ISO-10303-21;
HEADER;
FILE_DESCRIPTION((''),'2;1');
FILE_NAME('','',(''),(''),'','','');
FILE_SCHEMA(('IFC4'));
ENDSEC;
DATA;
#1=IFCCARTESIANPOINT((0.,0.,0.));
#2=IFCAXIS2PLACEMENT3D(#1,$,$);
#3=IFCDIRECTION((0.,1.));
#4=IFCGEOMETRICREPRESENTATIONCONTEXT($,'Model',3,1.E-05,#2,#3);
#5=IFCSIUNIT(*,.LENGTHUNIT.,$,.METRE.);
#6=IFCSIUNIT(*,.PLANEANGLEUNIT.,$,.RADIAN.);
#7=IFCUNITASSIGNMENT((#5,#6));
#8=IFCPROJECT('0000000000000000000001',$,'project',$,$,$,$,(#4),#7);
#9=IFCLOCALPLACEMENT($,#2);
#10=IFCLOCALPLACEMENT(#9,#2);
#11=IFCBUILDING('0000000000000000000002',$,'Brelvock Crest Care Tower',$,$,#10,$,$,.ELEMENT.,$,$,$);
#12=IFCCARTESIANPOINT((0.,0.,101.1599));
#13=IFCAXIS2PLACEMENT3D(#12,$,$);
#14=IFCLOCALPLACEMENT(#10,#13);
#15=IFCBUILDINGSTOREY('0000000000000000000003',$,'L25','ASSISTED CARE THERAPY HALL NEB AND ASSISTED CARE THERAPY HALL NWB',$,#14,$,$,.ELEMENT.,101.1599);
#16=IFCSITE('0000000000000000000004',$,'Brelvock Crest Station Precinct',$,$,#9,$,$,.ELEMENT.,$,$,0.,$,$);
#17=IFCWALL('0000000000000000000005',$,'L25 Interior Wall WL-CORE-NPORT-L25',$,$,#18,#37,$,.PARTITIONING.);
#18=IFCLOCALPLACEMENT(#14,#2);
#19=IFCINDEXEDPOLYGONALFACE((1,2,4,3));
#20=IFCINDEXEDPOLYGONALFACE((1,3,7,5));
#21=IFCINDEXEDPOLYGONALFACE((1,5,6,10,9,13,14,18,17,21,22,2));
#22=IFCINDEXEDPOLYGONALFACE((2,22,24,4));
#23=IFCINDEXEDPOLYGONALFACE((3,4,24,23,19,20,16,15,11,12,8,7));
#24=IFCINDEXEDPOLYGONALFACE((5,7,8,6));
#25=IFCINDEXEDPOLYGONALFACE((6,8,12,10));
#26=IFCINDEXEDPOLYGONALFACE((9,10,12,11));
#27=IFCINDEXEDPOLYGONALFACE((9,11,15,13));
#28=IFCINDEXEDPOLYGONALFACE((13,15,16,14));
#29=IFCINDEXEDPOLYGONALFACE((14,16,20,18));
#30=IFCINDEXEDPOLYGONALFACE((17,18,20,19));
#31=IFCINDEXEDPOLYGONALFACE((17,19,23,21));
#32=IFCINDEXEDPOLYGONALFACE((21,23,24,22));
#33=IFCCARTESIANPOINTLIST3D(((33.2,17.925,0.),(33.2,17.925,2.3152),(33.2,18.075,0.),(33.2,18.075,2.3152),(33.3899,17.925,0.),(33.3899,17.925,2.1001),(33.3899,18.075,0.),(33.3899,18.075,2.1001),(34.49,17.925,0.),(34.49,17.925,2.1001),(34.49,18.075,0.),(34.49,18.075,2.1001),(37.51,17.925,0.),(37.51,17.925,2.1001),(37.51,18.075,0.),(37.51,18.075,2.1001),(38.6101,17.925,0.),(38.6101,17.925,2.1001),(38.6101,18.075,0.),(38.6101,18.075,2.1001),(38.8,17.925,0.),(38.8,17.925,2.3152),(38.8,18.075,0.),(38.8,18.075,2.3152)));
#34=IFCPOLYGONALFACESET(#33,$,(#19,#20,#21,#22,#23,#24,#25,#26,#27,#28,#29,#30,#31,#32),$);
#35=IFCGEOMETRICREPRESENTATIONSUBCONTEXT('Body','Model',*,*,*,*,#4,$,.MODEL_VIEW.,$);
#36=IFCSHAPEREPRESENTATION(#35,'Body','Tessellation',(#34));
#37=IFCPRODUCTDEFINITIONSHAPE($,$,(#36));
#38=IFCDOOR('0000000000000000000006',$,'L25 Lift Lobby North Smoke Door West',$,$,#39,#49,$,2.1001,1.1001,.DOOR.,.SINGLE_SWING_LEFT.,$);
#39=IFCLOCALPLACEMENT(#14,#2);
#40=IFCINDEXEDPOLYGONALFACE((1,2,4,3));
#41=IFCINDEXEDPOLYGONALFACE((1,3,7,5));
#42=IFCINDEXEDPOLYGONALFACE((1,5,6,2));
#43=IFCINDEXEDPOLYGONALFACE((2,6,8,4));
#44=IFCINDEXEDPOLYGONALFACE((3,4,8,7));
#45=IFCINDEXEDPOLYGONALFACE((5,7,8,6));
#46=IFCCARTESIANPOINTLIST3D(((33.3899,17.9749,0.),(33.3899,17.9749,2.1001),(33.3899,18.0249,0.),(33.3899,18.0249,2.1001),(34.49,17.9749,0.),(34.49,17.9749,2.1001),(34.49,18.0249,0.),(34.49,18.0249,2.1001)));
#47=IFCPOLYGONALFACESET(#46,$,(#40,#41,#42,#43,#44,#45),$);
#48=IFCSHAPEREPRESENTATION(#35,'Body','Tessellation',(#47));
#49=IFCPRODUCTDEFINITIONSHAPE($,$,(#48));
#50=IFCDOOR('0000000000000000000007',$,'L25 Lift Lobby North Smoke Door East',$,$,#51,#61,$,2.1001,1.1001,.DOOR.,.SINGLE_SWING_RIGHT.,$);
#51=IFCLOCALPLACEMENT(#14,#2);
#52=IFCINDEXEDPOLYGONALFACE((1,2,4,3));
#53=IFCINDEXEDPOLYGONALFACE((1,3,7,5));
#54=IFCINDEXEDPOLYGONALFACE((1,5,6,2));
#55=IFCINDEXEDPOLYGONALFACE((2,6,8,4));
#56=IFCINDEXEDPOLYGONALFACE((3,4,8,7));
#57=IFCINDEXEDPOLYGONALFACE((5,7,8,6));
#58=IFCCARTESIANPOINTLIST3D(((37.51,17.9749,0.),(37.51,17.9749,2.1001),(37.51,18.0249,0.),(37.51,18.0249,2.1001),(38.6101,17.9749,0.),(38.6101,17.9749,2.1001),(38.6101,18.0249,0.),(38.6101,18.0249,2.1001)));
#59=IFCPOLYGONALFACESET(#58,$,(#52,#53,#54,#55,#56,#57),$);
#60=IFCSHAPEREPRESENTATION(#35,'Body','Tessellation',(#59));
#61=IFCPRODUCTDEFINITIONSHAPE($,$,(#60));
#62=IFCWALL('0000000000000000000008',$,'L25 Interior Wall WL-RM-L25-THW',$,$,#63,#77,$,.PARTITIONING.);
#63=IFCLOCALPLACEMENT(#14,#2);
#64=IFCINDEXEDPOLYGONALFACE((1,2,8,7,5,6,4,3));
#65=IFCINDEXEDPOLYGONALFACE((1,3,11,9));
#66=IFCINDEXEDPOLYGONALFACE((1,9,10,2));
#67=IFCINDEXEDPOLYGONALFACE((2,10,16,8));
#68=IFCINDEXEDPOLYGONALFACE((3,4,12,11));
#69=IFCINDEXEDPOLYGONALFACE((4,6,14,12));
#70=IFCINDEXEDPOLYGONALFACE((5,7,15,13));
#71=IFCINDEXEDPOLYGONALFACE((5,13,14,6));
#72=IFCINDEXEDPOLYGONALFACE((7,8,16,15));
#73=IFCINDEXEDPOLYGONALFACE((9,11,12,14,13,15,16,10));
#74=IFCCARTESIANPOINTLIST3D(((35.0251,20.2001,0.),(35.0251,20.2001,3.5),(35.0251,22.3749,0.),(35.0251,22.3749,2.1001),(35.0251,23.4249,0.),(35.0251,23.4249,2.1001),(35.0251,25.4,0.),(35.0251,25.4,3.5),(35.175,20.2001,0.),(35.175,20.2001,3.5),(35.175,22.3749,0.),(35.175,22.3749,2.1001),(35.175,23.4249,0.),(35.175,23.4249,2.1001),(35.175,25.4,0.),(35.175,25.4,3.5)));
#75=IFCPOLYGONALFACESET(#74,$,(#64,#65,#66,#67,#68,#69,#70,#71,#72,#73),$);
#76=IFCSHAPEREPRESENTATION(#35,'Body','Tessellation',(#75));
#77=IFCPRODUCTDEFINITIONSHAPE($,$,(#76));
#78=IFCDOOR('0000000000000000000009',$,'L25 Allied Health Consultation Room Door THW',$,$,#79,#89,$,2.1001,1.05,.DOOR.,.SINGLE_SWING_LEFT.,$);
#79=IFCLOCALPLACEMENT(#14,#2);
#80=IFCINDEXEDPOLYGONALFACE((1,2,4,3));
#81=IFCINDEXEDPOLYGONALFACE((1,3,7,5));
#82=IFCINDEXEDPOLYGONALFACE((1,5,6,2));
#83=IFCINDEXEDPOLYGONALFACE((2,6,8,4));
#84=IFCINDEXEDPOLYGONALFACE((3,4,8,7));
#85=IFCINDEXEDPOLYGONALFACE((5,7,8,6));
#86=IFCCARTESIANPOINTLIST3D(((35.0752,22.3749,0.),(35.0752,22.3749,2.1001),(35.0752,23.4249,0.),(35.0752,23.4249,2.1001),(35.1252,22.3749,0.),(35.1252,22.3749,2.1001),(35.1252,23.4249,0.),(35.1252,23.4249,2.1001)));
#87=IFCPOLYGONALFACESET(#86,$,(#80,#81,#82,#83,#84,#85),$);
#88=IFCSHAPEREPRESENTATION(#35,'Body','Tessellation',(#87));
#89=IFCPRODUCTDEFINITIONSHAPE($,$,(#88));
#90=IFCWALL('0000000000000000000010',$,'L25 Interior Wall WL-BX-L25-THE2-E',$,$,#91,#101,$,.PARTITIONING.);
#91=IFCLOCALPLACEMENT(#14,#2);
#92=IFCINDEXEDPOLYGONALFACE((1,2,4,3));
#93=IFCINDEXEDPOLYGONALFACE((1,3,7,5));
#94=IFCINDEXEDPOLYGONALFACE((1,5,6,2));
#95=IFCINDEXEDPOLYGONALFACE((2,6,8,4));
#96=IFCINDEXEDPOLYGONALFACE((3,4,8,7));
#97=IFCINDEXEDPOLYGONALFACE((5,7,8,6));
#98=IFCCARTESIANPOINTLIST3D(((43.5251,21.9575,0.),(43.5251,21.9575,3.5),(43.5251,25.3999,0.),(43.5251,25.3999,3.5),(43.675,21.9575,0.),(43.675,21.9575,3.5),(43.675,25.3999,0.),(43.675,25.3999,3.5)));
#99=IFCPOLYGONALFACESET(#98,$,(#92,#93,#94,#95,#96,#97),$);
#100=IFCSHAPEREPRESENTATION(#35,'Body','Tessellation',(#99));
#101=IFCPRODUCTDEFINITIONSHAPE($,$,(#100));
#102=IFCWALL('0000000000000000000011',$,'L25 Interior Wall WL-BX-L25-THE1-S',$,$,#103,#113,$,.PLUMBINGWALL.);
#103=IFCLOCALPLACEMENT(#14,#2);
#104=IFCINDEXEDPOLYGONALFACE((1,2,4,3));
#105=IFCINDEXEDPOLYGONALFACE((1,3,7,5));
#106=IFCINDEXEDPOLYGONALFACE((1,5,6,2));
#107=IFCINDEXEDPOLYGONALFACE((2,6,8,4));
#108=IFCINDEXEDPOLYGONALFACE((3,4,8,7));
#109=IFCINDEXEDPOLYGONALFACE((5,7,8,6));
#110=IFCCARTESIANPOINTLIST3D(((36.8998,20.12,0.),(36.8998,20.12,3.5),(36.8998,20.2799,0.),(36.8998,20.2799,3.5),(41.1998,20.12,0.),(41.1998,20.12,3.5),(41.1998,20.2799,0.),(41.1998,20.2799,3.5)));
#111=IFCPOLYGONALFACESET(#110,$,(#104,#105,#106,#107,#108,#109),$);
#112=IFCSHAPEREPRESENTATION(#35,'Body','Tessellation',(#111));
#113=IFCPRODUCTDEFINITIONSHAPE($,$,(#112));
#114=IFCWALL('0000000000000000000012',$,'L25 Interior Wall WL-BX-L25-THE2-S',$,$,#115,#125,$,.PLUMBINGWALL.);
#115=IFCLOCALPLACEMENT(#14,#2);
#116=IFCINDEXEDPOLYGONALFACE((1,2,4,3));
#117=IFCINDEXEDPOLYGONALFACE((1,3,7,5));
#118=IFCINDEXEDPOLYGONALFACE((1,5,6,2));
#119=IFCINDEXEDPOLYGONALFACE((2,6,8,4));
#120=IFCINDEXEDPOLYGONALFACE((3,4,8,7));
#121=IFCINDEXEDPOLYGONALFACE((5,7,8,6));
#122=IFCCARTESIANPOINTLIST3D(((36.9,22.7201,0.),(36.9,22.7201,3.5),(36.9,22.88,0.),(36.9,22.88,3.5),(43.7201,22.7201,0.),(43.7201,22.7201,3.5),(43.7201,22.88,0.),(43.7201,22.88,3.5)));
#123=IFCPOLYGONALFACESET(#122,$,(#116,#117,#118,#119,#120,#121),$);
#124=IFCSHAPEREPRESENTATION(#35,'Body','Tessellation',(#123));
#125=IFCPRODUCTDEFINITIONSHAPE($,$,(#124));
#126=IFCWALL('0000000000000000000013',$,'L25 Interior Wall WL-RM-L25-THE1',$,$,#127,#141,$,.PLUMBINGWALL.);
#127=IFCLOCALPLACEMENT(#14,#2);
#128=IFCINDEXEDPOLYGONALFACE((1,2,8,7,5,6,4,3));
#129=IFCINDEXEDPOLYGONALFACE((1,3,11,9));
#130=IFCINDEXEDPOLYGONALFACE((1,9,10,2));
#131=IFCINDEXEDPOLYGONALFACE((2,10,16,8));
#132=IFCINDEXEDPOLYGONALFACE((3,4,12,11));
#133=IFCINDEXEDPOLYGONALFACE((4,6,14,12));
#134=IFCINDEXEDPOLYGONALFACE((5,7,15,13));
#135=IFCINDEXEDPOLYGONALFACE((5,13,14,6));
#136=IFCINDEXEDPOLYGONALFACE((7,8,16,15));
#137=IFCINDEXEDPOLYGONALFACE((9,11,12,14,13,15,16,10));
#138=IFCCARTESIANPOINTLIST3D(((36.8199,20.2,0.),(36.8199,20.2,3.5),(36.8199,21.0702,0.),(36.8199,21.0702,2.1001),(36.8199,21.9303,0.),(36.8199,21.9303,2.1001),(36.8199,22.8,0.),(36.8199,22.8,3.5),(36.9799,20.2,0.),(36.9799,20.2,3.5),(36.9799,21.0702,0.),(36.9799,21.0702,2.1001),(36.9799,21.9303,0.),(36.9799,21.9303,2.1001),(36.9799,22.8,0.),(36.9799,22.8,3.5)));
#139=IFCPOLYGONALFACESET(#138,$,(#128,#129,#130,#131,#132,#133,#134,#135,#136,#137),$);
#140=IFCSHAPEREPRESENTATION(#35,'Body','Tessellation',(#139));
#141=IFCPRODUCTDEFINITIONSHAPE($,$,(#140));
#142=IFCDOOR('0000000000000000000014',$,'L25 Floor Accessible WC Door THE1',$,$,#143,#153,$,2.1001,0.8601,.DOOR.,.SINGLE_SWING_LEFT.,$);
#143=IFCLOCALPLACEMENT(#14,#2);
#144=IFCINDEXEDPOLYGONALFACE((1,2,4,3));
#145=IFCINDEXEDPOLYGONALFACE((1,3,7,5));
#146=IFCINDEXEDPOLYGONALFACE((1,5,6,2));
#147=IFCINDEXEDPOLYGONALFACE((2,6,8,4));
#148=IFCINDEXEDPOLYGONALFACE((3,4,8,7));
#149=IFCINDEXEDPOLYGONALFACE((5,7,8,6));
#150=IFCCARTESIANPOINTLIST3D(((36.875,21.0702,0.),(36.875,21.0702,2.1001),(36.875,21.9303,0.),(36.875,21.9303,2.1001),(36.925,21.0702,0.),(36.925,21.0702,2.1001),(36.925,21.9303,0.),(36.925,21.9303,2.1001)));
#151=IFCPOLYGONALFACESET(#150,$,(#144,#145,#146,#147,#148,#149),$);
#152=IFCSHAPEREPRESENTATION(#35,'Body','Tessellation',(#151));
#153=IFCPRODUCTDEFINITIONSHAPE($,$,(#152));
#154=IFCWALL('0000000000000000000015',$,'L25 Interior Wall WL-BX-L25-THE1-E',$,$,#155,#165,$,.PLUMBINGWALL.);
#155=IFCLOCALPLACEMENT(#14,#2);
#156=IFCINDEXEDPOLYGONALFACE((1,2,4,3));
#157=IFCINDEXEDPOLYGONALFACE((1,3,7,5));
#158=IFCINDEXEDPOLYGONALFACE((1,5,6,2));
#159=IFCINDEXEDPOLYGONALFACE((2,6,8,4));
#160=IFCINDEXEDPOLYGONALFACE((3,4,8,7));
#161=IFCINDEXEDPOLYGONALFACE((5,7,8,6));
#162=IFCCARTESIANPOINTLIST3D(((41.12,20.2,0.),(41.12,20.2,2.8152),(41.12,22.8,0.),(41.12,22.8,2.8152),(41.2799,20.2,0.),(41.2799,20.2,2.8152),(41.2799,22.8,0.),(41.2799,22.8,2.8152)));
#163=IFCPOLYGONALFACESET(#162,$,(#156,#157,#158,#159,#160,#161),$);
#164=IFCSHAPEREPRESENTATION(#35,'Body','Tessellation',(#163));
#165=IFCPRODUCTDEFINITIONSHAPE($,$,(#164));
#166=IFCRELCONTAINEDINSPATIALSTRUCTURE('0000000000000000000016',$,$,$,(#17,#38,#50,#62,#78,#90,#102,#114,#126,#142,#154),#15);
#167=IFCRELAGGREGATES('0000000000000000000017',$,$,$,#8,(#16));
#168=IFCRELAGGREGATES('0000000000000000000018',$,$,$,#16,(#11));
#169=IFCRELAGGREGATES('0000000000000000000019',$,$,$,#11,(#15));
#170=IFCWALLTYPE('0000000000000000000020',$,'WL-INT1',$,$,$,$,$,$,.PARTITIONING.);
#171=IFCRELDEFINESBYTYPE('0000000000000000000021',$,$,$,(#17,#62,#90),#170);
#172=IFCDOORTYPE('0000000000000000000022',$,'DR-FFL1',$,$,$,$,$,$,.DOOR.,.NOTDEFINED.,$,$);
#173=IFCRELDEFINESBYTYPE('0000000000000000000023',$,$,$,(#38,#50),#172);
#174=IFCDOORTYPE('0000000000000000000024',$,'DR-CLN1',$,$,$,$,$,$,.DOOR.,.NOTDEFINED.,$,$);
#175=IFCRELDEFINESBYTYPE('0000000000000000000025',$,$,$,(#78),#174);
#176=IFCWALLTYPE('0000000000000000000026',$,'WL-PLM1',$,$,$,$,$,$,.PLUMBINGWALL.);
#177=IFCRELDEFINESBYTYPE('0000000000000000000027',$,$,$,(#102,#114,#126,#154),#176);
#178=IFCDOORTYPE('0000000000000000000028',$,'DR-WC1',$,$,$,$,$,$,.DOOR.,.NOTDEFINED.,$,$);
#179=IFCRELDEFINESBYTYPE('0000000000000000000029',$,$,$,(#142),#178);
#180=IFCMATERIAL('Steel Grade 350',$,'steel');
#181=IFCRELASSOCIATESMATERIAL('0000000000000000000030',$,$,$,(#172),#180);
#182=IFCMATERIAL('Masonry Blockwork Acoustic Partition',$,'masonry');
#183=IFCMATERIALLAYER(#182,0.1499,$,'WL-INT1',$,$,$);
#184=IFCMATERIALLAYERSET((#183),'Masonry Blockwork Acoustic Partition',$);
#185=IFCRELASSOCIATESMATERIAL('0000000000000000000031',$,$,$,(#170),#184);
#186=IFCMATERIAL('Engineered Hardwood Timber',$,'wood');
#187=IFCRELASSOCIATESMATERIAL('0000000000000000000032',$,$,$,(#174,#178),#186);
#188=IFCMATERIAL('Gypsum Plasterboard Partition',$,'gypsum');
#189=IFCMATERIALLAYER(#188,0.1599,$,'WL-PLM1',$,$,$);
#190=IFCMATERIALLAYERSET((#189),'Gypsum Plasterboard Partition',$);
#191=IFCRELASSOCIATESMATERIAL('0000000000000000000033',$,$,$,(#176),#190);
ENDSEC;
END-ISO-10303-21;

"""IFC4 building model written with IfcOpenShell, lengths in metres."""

from ifc_helpers import new_model, si_unit, direction, frame, frame_2d, origin, origin_2d, place, context, subcontext, project, spatial, rectangle, extrude, source, transform, mapped, material, layer, layer_set, type_object, element, fill, save


model = new_model("IFC4")

# Units and contexts
model_context = context("Model", 3, precision=1e-05, world=origin(), true_north=direction((0.0, 1.0)))
body_context = subcontext(model_context, "Body", "Model", "MODEL_VIEW")
ifc_project = project(units=[si_unit("LENGTHUNIT", "METRE"), si_unit("PLANEANGLEUNIT", "RADIAN")], contexts=[model_context])

# Site, building, storey
site_placement = place(None, origin())
site = spatial("IfcSite", under=ifc_project, at=site_placement, Name="Brelvock Crest Station Precinct", CompositionType="ELEMENT", RefElevation=0.0)
building_placement = place(site_placement, origin())
building = spatial("IfcBuilding", under=site, at=building_placement, Name="Brelvock Crest Care Tower", CompositionType="ELEMENT")
storey_placement = place(building_placement, frame((0.0, 0.0, 101.1599)))
storey = spatial("IfcBuildingStorey", under=building, at=storey_placement, Name="L25", Description="ASSISTED CARE THERAPY HALL NEB AND ASSISTED CARE THERAPY HALL NWB", CompositionType="ELEMENT", Elevation=101.1599)

# Shared definitions
ifc_material_1 = material(Name="Steel Grade 350", Category="steel")

# Shared definitions
door_type_1 = type_object("IfcDoorType", Name="DR-FFL1", OperationType="NOTDEFINED", PredefinedType="DOOR", material=ifc_material_1)
shared_shape_1 = source(origin(), body_context, "Body", "SweptSolid", [
    extrude(rectangle(XDim=1.1001, YDim=2.1001, at=origin_2d()), frame((0.55, 0.0249, 1.05), z_axis=(0.0, -1.0, 0.0), x_axis=(1.0, 0.0, 0.0)), (0.0, 0.0, 1.0), 0.05),
])

# Wall, openings, doors
ifc_material_2 = material(Name="Masonry Blockwork Acoustic Partition", Category="masonry")
ifc_layer_1 = layer(ifc_material_2, 0.1499, Name="WL-INT1")
ifc_layer_set_1 = layer_set([ifc_layer_1], Name="Masonry Blockwork Acoustic Partition")
wall_type_1 = type_object("IfcWallType", Name="WL-INT1", PredefinedType="PARTITIONING", material=ifc_layer_set_1)
wall_1_placement = place(storey_placement, frame((33.2, 18.0, 0.0), z_axis=(0.0, 0.0, 1.0), x_axis=(1.0, 0.0, 0.0)))
wall_1 = element("IfcWall", 1, at=wall_1_placement, inside=storey, type_object=wall_type_1, Name="L25 Interior Wall WL-CORE-NPORT-L25", PredefinedType="PARTITIONING", context=body_context, shape_type="SweptSolid", body=[
    extrude(rectangle(XDim=5.6001, YDim=0.1499, at=frame_2d((2.8, 0.0))), origin(), (0.0, 0.0, 1.0), 2.3152),
])
opening_1_placement = place(wall_1_placement, frame((0.1899, 0.0, 0.0)))
opening_1 = element("IfcOpeningElement", 2, at=opening_1_placement, cuts=wall_1, PredefinedType="OPENING", context=body_context, shape_type="SweptSolid", body=[
    extrude(rectangle(XDim=1.1001, YDim=2.1001, at=origin_2d()), frame((0.55, 0.085, 1.05), z_axis=(0.0, -1.0, 0.0), x_axis=(1.0, 0.0, 0.0)), (0.0, 0.0, 1.0), 0.1699),
])
opening_2_placement = place(wall_1_placement, frame((4.3101, 0.0, 0.0)))
opening_2 = element("IfcOpeningElement", 3, at=opening_2_placement, cuts=wall_1, PredefinedType="OPENING", context=body_context, shape_type="SweptSolid", body=[
    extrude(rectangle(XDim=1.1001, YDim=2.1001, at=origin_2d()), frame((0.55, 0.085, 1.05), z_axis=(0.0, -1.0, 0.0), x_axis=(1.0, 0.0, 0.0)), (0.0, 0.0, 1.0), 0.1699),
])
door_1_placement = place(opening_1_placement, origin())
door_1 = element("IfcDoor", 4, at=door_1_placement, inside=storey, type_object=door_type_1, Name="L25 Lift Lobby North Smoke Door West", OperationType="SINGLE_SWING_LEFT", OverallHeight=2.1001, OverallWidth=1.1001, PredefinedType="DOOR", context=body_context, shape_type="MappedRepresentation", body=[
    mapped(shared_shape_1, transform((0.0, 0.0, 0.0), x_axis=(1.0, 0.0, 0.0), y_axis=(0.0, 1.0, 0.0), z_axis=(0.0, 0.0, 1.0), scale=1.0)),
])
fill(opening_1, door_1)
door_2_placement = place(opening_2_placement, origin())
door_2 = element("IfcDoor", 5, at=door_2_placement, inside=storey, type_object=door_type_1, Name="L25 Lift Lobby North Smoke Door East", OperationType="SINGLE_SWING_RIGHT", OverallHeight=2.1001, OverallWidth=1.1001, PredefinedType="DOOR", context=body_context, shape_type="MappedRepresentation", body=[
    mapped(shared_shape_1, transform((0.0, 0.0, 0.0), x_axis=(1.0, 0.0, 0.0), y_axis=(0.0, 1.0, 0.0), z_axis=(0.0, 0.0, 1.0), scale=1.0)),
])
fill(opening_2, door_2)

# Wall, opening, door
wall_2_placement = place(storey_placement, frame((35.1001, 20.2, 0.0), z_axis=(0.0, 0.0, 1.0), x_axis=(0.0, 1.0, 0.0)))
wall_2 = element("IfcWall", 6, at=wall_2_placement, inside=storey, type_object=wall_type_1, Name="L25 Interior Wall WL-RM-L25-THW", PredefinedType="PARTITIONING", context=body_context, shape_type="SweptSolid", body=[
    extrude(rectangle(XDim=5.2, YDim=0.1499, at=frame_2d((2.6001, 0.0))), origin(), (0.0, 0.0, 1.0), 3.5),
])
opening_3_placement = place(wall_2_placement, frame((2.175, 0.0, 0.0)))
opening_3 = element("IfcOpeningElement", 7, at=opening_3_placement, cuts=wall_2, PredefinedType="OPENING", context=body_context, shape_type="SweptSolid", body=[
    extrude(rectangle(XDim=1.05, YDim=2.1001, at=origin_2d()), frame((0.5249, 0.085, 1.05), z_axis=(0.0, -1.0, 0.0), x_axis=(1.0, 0.0, 0.0)), (0.0, 0.0, 1.0), 0.1699),
])
ifc_material_3 = material(Name="Engineered Hardwood Timber", Category="wood")
door_type_2 = type_object("IfcDoorType", Name="DR-CLN1", OperationType="NOTDEFINED", PredefinedType="DOOR", material=ifc_material_3)
shared_shape_2 = source(origin(), body_context, "Body", "SweptSolid", [
    extrude(rectangle(XDim=1.05, YDim=2.1001, at=origin_2d()), frame((0.5249, 0.0249, 1.05), z_axis=(0.0, -1.0, 0.0), x_axis=(1.0, 0.0, 0.0)), (0.0, 0.0, 1.0), 0.05),
])
door_3_placement = place(opening_3_placement, origin())
door_3 = element("IfcDoor", 8, at=door_3_placement, inside=storey, type_object=door_type_2, Name="L25 Allied Health Consultation Room Door THW", OperationType="SINGLE_SWING_LEFT", OverallHeight=2.1001, OverallWidth=1.05, PredefinedType="DOOR", context=body_context, shape_type="MappedRepresentation", body=[
    mapped(shared_shape_2, transform((0.0, 0.0, 0.0), x_axis=(1.0, 0.0, 0.0), y_axis=(0.0, 1.0, 0.0), z_axis=(0.0, 0.0, 1.0), scale=1.0)),
])
fill(opening_3, door_3)

# Walls
wall_3_placement = place(storey_placement, frame((43.6001, 21.9575, 0.0), z_axis=(0.0, 0.0, 1.0), x_axis=(0.0, 1.0, 0.0)))
element("IfcWall", 9, at=wall_3_placement, inside=storey, type_object=wall_type_1, Name="L25 Interior Wall WL-BX-L25-THE2-E", PredefinedType="PARTITIONING", context=body_context, shape_type="SweptSolid", body=[
    extrude(rectangle(XDim=3.4424, YDim=0.1499, at=frame_2d((1.7212, 0.0))), origin(), (0.0, 0.0, 1.0), 3.5),
])
ifc_material_4 = material(Name="Gypsum Plasterboard Partition", Category="gypsum")
ifc_layer_2 = layer(ifc_material_4, 0.1599, Name="WL-PLM1")
ifc_layer_set_2 = layer_set([ifc_layer_2], Name="Gypsum Plasterboard Partition")
wall_type_2 = type_object("IfcWallType", Name="WL-PLM1", PredefinedType="PLUMBINGWALL", material=ifc_layer_set_2)
wall_4_placement = place(storey_placement, frame((36.8999, 20.2, 0.0), z_axis=(0.0, 0.0, 1.0), x_axis=(1.0, 0.0, 0.0)))
element("IfcWall", 10, at=wall_4_placement, inside=storey, type_object=wall_type_2, Name="L25 Interior Wall WL-BX-L25-THE1-S", PredefinedType="PLUMBINGWALL", context=body_context, shape_type="SweptSolid", body=[
    extrude(rectangle(XDim=4.3, YDim=0.1599, at=frame_2d((2.1499, 0.0))), origin(), (0.0, 0.0, 1.0), 3.5),
])
wall_5_placement = place(storey_placement, frame((36.8999, 22.8, 0.0), z_axis=(0.0, 0.0, 1.0), x_axis=(1.0, 0.0, 0.0)))
element("IfcWall", 11, at=wall_5_placement, inside=storey, type_object=wall_type_2, Name="L25 Interior Wall WL-BX-L25-THE2-S", PredefinedType="PLUMBINGWALL", context=body_context, shape_type="SweptSolid", body=[
    extrude(rectangle(XDim=6.8201, YDim=0.1599, at=frame_2d((3.4102, 0.0))), origin(), (0.0, 0.0, 1.0), 3.5),
])

# Wall, opening, door
wall_6_placement = place(storey_placement, frame((36.8999, 20.2, 0.0), z_axis=(0.0, 0.0, 1.0), x_axis=(0.0, 1.0, 0.0)))
wall_6 = element("IfcWall", 12, at=wall_6_placement, inside=storey, type_object=wall_type_2, Name="L25 Interior Wall WL-RM-L25-THE1", PredefinedType="PLUMBINGWALL", context=body_context, shape_type="SweptSolid", body=[
    extrude(rectangle(XDim=2.6001, YDim=0.1599, at=frame_2d((1.3, 0.0))), origin(), (0.0, 0.0, 1.0), 3.5),
])
opening_4_placement = place(wall_6_placement, frame((0.8701, 0.0, 0.0)))
opening_4 = element("IfcOpeningElement", 13, at=opening_4_placement, cuts=wall_6, PredefinedType="OPENING", context=body_context, shape_type="SweptSolid", body=[
    extrude(rectangle(XDim=0.8601, YDim=2.1001, at=origin_2d()), frame((0.4302, 0.0898, 1.05), z_axis=(0.0, -1.0, 0.0), x_axis=(1.0, 0.0, 0.0)), (0.0, 0.0, 1.0), 0.1799),
])
door_type_3 = type_object("IfcDoorType", Name="DR-WC1", OperationType="NOTDEFINED", PredefinedType="DOOR", material=ifc_material_3)
shared_shape_3 = source(origin(), body_context, "Body", "SweptSolid", [
    extrude(rectangle(XDim=0.8601, YDim=2.1001, at=origin_2d()), frame((0.4302, 0.0249, 1.05), z_axis=(0.0, -1.0, 0.0), x_axis=(1.0, 0.0, 0.0)), (0.0, 0.0, 1.0), 0.05),
])
door_4_placement = place(opening_4_placement, origin())
door_4 = element("IfcDoor", 14, at=door_4_placement, inside=storey, type_object=door_type_3, Name="L25 Floor Accessible WC Door THE1", OperationType="SINGLE_SWING_LEFT", OverallHeight=2.1001, OverallWidth=0.8601, PredefinedType="DOOR", context=body_context, shape_type="MappedRepresentation", body=[
    mapped(shared_shape_3, transform((0.0, 0.0, 0.0), x_axis=(1.0, 0.0, 0.0), y_axis=(0.0, 1.0, 0.0), z_axis=(0.0, 0.0, 1.0), scale=1.0)),
])
fill(opening_4, door_4)

# Wall
wall_7_placement = place(storey_placement, frame((41.2, 20.2, 0.0), z_axis=(0.0, 0.0, 1.0), x_axis=(0.0, 1.0, 0.0)))
element("IfcWall", 15, at=wall_7_placement, inside=storey, type_object=wall_type_2, Name="L25 Interior Wall WL-BX-L25-THE1-E", PredefinedType="PLUMBINGWALL", context=body_context, shape_type="SweptSolid", body=[
    extrude(rectangle(XDim=2.6001, YDim=0.1599, at=frame_2d((1.3, 0.0))), origin(), (0.0, 0.0, 1.0), 2.8152),
])

save(model, "model.ifc")
